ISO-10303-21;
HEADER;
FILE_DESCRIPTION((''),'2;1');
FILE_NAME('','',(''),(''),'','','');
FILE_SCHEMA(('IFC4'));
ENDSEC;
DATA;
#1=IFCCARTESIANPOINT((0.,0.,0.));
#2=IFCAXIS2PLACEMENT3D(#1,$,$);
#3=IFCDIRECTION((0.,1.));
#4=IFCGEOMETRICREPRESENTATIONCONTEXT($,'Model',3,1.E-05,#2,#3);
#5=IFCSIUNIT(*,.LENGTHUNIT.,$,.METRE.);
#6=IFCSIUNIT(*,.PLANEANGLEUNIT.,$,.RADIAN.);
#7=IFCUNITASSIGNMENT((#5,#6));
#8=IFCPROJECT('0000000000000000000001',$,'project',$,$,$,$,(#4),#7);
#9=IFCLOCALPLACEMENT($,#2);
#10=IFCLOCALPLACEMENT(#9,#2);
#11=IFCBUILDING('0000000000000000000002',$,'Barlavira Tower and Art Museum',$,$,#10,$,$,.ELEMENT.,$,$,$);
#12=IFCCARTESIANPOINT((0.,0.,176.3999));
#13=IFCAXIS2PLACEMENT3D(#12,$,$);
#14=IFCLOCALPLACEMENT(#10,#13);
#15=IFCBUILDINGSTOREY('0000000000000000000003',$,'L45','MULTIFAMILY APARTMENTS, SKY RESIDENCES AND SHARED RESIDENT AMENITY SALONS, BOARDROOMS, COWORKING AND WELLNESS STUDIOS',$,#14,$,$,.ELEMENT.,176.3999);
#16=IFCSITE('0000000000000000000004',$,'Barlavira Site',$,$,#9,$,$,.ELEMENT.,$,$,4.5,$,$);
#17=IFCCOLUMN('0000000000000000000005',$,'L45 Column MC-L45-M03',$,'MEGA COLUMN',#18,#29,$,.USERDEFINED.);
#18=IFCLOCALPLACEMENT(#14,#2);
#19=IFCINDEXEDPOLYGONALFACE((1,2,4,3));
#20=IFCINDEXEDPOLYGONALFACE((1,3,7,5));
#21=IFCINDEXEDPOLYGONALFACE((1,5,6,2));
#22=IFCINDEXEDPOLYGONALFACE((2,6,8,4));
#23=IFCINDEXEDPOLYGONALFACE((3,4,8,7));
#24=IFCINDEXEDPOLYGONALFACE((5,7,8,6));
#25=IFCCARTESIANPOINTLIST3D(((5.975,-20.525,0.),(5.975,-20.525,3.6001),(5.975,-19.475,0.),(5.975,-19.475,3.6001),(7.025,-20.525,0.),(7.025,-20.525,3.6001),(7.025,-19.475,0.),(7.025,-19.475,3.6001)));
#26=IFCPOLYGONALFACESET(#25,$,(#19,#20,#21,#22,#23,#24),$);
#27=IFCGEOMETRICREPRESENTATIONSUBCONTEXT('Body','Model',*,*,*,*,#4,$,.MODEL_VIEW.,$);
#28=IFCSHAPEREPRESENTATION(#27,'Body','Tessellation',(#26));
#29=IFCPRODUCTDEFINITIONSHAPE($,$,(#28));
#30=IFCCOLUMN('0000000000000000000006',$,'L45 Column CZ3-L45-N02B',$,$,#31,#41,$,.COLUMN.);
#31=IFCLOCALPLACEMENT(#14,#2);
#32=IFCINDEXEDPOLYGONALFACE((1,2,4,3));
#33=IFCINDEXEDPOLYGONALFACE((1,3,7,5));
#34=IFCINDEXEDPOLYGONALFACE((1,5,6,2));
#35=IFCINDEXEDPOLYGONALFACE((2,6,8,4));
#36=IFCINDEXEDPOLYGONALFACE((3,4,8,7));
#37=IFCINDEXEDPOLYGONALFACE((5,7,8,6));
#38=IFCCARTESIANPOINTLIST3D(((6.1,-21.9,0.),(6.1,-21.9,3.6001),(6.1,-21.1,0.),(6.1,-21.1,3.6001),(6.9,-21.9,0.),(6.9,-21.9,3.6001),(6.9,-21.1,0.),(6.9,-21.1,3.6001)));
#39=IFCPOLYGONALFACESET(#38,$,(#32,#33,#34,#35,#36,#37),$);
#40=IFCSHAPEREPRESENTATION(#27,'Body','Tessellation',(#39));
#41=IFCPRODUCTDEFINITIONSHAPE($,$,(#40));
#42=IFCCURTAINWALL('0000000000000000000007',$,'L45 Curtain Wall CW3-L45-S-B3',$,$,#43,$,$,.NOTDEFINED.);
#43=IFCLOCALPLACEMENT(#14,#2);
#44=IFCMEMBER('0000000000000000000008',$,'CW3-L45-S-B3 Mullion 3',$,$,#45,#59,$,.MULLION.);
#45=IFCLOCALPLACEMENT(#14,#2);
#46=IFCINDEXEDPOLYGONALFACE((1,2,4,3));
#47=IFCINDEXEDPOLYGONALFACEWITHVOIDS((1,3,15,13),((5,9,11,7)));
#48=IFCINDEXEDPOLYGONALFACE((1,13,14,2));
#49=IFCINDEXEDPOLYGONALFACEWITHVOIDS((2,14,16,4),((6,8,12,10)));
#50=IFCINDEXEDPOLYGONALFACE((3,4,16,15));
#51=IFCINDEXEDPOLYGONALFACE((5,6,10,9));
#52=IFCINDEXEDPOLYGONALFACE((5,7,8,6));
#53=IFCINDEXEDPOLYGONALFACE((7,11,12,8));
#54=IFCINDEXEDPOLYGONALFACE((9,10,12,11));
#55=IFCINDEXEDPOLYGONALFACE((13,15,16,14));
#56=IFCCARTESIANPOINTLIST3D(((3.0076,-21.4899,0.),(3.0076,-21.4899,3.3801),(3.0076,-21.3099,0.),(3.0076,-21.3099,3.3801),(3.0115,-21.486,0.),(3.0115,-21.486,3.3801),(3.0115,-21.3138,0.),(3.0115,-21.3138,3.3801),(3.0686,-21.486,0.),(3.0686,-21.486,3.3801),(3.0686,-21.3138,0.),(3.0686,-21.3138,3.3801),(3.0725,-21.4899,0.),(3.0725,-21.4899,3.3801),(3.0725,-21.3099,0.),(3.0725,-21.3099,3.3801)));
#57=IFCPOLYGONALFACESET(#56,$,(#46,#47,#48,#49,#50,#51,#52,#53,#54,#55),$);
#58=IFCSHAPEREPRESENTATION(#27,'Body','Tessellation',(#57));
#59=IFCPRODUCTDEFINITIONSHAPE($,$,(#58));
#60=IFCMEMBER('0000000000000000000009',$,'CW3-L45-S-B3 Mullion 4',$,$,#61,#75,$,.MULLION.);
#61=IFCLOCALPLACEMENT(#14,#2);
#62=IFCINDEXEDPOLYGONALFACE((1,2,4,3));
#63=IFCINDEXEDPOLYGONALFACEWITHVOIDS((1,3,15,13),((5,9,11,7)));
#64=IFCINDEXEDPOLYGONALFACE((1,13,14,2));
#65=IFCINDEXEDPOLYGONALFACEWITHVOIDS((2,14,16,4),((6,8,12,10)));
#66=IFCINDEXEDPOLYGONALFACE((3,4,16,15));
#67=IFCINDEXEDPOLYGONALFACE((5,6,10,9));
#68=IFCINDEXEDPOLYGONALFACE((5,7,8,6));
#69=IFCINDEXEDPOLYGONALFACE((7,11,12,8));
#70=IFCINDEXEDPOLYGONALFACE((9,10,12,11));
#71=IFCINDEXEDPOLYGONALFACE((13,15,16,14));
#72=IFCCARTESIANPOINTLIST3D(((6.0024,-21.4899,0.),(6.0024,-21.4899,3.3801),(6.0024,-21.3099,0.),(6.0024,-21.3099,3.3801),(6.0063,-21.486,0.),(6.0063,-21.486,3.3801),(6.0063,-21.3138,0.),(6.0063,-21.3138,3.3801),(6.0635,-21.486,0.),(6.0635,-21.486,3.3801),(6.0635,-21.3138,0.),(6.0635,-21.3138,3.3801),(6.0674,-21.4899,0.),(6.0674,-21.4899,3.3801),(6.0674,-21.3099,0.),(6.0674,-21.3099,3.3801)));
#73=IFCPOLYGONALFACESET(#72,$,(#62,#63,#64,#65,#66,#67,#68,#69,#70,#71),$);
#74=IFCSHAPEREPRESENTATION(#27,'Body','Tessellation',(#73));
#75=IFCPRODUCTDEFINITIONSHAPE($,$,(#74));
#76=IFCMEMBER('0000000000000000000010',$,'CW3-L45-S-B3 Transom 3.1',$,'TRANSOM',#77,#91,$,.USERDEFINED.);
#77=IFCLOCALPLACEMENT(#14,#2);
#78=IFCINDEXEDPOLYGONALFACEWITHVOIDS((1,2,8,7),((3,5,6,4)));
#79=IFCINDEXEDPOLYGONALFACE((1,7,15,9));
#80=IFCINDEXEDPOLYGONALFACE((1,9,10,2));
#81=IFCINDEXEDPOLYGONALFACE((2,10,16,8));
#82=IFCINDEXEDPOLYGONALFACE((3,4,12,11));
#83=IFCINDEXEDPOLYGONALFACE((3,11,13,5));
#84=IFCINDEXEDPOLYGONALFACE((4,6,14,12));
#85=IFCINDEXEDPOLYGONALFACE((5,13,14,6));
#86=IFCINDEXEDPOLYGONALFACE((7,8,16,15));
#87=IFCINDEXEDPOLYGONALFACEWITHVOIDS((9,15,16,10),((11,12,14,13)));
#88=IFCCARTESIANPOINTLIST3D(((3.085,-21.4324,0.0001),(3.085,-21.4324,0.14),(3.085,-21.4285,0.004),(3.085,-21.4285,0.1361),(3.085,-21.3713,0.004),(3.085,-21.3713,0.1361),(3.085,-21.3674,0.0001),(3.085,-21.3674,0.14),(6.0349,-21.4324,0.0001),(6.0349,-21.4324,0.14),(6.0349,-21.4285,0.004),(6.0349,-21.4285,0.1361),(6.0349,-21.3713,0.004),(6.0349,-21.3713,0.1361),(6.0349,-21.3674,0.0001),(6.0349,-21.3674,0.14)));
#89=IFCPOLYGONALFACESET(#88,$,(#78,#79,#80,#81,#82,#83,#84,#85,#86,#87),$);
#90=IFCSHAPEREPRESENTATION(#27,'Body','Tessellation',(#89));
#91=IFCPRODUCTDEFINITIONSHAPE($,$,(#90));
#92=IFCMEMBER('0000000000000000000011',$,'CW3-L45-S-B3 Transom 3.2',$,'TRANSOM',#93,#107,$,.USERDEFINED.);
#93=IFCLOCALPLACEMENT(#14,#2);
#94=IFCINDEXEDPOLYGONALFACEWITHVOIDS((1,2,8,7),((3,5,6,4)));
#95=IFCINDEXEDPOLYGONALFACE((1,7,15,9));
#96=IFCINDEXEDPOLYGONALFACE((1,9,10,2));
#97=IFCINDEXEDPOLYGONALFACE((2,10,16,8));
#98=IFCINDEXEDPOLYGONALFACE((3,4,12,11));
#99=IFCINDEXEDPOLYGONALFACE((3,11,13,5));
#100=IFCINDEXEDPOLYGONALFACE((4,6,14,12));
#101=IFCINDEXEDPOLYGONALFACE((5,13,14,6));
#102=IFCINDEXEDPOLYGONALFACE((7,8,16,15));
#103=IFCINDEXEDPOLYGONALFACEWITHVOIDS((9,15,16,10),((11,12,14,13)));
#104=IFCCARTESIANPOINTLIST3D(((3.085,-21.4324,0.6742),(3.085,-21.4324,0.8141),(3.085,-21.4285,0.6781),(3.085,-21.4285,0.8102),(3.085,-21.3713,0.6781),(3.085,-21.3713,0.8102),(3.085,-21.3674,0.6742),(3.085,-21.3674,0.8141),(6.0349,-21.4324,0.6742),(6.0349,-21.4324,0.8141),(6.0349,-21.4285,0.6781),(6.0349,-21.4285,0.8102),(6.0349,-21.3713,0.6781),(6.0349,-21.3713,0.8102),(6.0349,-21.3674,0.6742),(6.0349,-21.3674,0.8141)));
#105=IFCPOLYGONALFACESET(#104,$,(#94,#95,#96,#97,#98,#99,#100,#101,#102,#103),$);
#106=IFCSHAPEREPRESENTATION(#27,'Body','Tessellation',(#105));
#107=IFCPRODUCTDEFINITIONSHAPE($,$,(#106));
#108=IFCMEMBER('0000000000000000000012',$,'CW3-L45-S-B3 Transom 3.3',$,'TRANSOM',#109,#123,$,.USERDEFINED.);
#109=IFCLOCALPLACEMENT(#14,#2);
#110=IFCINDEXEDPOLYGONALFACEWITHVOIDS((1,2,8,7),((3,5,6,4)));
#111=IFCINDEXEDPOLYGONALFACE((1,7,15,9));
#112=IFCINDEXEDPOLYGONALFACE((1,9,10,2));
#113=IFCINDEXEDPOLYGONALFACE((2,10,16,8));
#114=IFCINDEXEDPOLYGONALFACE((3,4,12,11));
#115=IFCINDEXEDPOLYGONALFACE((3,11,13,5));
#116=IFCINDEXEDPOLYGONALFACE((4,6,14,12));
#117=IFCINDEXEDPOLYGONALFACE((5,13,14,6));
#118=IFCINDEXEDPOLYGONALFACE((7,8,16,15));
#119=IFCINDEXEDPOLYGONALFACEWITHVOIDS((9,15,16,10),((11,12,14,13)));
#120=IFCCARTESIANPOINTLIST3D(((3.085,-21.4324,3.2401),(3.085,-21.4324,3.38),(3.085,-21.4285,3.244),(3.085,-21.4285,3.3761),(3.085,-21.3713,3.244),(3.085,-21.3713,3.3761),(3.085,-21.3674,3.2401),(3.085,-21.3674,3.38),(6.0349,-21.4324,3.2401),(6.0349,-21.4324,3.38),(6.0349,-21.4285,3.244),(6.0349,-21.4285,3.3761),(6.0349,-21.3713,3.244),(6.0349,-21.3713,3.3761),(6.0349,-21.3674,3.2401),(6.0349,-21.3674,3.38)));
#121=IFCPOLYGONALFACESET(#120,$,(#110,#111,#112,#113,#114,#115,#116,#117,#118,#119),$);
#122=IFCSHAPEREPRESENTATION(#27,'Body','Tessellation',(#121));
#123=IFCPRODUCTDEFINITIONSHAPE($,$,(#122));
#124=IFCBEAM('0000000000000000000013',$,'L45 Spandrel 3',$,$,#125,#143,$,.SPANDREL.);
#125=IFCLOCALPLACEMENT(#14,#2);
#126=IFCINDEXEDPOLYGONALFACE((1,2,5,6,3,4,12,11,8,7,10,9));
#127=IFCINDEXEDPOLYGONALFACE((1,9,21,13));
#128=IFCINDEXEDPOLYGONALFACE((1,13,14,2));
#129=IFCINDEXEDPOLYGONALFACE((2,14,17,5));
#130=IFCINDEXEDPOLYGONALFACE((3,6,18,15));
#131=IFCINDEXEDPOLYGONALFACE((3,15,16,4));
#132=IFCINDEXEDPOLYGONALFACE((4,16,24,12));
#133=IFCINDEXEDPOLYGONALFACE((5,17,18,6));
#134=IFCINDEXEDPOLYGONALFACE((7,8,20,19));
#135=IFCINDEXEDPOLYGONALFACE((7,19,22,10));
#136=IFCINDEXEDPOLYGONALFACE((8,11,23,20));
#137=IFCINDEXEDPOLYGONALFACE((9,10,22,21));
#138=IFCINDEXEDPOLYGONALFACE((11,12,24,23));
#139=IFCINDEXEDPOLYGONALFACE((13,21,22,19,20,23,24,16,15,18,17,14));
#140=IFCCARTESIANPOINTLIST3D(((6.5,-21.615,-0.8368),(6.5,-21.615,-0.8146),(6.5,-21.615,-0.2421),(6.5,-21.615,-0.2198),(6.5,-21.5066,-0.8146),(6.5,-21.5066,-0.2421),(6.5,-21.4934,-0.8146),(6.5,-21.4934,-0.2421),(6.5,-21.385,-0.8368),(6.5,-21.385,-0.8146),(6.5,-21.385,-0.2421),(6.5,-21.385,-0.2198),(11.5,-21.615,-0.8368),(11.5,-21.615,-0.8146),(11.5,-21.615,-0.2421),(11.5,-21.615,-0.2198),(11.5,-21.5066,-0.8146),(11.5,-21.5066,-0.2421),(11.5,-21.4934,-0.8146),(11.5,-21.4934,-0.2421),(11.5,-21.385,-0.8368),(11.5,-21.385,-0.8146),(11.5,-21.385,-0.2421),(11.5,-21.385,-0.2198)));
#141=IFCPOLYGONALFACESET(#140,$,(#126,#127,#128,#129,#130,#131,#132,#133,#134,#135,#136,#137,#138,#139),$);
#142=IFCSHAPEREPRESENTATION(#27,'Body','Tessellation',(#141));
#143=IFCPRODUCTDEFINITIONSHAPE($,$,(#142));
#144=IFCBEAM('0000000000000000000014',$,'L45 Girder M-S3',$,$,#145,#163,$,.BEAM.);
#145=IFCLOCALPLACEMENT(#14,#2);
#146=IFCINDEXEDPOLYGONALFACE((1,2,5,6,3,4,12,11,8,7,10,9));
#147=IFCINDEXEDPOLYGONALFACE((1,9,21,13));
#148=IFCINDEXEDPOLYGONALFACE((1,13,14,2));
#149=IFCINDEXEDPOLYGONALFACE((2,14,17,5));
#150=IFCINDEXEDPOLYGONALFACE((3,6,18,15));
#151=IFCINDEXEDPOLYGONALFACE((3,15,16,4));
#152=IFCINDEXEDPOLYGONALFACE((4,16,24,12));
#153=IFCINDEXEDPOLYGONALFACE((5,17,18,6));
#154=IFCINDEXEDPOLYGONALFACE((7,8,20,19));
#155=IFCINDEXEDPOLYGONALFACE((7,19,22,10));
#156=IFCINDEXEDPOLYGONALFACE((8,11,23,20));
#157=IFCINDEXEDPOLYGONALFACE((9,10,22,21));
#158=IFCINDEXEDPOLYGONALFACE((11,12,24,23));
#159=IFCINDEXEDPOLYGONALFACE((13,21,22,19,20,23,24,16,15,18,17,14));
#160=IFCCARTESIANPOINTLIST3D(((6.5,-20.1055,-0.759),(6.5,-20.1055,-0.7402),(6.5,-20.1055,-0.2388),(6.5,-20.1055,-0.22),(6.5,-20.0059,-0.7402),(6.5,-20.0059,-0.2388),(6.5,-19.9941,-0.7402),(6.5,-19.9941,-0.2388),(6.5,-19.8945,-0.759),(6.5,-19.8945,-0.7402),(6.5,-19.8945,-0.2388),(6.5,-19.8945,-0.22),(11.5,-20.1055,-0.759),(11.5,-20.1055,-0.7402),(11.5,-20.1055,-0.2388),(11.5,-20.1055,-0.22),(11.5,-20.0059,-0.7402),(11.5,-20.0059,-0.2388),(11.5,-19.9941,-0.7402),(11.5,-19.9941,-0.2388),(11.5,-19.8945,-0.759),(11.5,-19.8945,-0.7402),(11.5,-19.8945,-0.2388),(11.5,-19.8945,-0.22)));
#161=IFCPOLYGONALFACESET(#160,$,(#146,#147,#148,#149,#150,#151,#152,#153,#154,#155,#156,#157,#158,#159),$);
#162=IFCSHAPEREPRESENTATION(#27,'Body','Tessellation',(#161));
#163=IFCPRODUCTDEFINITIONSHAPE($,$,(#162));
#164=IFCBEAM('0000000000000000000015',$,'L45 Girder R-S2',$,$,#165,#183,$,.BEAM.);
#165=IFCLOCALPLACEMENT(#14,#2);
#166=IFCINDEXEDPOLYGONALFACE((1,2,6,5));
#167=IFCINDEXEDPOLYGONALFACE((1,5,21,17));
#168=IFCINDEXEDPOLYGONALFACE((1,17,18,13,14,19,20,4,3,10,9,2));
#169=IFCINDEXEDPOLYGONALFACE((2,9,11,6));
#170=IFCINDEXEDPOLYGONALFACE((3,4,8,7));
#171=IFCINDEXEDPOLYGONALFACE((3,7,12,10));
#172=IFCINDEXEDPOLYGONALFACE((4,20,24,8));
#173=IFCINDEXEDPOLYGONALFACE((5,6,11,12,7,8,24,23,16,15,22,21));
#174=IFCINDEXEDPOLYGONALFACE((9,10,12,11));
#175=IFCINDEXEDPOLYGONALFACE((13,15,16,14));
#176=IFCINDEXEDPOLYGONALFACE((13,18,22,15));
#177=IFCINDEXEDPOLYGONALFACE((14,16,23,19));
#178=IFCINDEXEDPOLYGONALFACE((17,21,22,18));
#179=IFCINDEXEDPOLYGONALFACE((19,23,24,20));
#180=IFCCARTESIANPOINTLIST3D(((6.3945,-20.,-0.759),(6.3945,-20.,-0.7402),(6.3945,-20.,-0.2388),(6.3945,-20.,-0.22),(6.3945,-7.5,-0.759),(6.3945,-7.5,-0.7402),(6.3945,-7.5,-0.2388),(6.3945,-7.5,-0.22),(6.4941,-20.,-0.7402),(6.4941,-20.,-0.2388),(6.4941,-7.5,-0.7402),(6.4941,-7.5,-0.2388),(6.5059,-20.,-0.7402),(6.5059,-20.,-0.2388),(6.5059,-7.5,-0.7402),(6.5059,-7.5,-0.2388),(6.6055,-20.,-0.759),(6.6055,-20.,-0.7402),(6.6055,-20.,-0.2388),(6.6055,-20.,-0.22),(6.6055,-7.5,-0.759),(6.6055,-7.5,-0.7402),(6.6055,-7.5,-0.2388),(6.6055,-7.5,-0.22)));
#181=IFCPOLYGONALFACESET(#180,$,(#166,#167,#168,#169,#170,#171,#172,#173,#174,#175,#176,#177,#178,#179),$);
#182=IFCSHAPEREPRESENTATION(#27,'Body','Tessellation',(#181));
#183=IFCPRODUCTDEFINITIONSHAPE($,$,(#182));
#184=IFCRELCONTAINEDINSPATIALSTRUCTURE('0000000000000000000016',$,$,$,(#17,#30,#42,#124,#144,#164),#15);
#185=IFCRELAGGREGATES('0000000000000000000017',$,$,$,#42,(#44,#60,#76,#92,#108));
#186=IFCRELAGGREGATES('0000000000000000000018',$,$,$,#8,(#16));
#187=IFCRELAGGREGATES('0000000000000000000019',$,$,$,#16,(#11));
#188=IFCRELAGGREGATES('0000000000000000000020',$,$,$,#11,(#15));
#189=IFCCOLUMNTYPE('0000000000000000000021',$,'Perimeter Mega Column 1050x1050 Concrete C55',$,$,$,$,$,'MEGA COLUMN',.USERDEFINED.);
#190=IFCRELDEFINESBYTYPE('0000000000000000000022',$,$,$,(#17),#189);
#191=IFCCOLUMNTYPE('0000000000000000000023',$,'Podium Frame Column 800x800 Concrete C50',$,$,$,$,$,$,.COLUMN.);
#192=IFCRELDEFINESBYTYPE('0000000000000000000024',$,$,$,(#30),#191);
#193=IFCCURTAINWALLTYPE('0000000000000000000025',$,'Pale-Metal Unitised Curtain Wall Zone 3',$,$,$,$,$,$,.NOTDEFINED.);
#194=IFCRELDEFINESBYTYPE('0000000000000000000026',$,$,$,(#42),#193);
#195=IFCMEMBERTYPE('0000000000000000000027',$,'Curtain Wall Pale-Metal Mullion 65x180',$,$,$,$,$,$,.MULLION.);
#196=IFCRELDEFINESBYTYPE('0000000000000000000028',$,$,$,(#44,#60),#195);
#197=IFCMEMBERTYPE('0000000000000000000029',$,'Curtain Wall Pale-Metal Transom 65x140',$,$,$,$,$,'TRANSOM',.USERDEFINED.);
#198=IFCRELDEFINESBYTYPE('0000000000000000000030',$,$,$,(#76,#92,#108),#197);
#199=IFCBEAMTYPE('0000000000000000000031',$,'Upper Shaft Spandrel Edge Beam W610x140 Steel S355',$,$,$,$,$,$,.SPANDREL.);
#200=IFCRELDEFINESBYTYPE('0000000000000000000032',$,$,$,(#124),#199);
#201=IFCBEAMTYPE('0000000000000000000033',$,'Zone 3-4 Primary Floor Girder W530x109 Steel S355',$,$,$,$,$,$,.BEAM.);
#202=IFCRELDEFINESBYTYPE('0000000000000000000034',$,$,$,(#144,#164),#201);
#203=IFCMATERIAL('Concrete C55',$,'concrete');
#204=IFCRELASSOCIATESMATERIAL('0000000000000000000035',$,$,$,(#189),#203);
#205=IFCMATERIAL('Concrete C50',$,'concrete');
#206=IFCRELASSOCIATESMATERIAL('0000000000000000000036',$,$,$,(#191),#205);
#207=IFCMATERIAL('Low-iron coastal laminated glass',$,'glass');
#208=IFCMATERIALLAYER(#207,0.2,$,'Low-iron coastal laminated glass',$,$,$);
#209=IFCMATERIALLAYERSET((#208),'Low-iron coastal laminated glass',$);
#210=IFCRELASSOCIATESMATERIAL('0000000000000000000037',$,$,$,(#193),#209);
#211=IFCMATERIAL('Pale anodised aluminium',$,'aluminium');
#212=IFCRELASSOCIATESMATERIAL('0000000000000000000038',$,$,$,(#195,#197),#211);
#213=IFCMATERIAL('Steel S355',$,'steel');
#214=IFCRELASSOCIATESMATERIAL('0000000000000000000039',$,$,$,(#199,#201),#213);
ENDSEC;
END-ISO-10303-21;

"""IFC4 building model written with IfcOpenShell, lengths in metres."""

from ifc_helpers import new_model, si_unit, direction, frame, origin, origin_2d, place, context, subcontext, project, spatial, rectangle, hollow_rectangle, i_section, extrude, material, layer, layer_set, material_profile, profile_set, type_object, element, aggregate, save


model = new_model("IFC4")

# Units and contexts
model_context = context("Model", 3, precision=1e-05, world=origin(), true_north=direction((0.0, 1.0)))
body_context = subcontext(model_context, "Body", "Model", "MODEL_VIEW")
ifc_project = project(units=[si_unit("LENGTHUNIT", "METRE"), si_unit("PLANEANGLEUNIT", "RADIAN")], contexts=[model_context])

# Site, building, storey
site_placement = place(None, origin())
site = spatial("IfcSite", under=ifc_project, at=site_placement, Name="Barlavira Site", CompositionType="ELEMENT", RefElevation=4.5)
building_placement = place(site_placement, origin())
building = spatial("IfcBuilding", under=site, at=building_placement, Name="Barlavira Tower and Art Museum", CompositionType="ELEMENT")
storey_placement = place(building_placement, frame((0.0, 0.0, 176.3999)))
storey = spatial("IfcBuildingStorey", under=building, at=storey_placement, Name="L45", Description="MULTIFAMILY APARTMENTS, SKY RESIDENCES AND SHARED RESIDENT AMENITY SALONS, BOARDROOMS, COWORKING AND WELLNESS STUDIOS", CompositionType="ELEMENT", Elevation=176.3999)

# Columns
ifc_material_1 = material(Name="Concrete C55", Category="concrete")
ifc_material_profile_1 = material_profile(ifc_material_1, rectangle(XDim=1.05, YDim=1.05, at=origin_2d()), Name="RC-COL 1050x1050")
ifc_profile_set_1 = profile_set([ifc_material_profile_1], Name="Concrete C55")
column_type_1 = type_object("IfcColumnType", Name="Perimeter Mega Column 1050x1050 Concrete C55", ElementType="MEGA COLUMN", PredefinedType="USERDEFINED", material=ifc_profile_set_1)
column_1_placement = place(storey_placement, frame((6.5, -20.0, 0.0), z_axis=(0.0, 0.0, 1.0), x_axis=(1.0, 0.0, 0.0)))
element("IfcColumn", 1, at=column_1_placement, inside=storey, type_object=column_type_1, Name="L45 Column MC-L45-M03", ObjectType="MEGA COLUMN", PredefinedType="USERDEFINED", context=body_context, shape_type="SweptSolid", body=[
    extrude(rectangle(XDim=1.05, YDim=1.05, at=origin_2d()), origin(), (0.0, 0.0, 1.0), 3.6001),
])
ifc_material_2 = material(Name="Concrete C50", Category="concrete")
ifc_material_profile_2 = material_profile(ifc_material_2, rectangle(XDim=0.8, YDim=0.8, at=origin_2d()), Name="RC-COL 800x800")
ifc_profile_set_2 = profile_set([ifc_material_profile_2], Name="Concrete C50")
column_type_2 = type_object("IfcColumnType", Name="Podium Frame Column 800x800 Concrete C50", PredefinedType="COLUMN", material=ifc_profile_set_2)
column_2_placement = place(storey_placement, frame((6.5, -21.5, 0.0), z_axis=(0.0, 0.0, 1.0), x_axis=(1.0, 0.0, 0.0)))
element("IfcColumn", 2, at=column_2_placement, inside=storey, type_object=column_type_2, Name="L45 Column CZ3-L45-N02B", PredefinedType="COLUMN", context=body_context, shape_type="SweptSolid", body=[
    extrude(rectangle(XDim=0.8, YDim=0.8, at=origin_2d()), origin(), (0.0, 0.0, 1.0), 3.6001),
])

# Curtain wall, members
ifc_material_3 = material(Name="Low-iron coastal laminated glass", Category="glass")
ifc_layer_1 = layer(ifc_material_3, 0.2, Name="Low-iron coastal laminated glass")
ifc_layer_set_1 = layer_set([ifc_layer_1], Name="Low-iron coastal laminated glass")
curtain_wall_type = type_object("IfcCurtainWallType", Name="Pale-Metal Unitised Curtain Wall Zone 3", PredefinedType="NOTDEFINED", material=ifc_layer_set_1)
curtain_wall_placement = place(storey_placement, origin())
curtain_wall = element("IfcCurtainWall", 3, at=curtain_wall_placement, inside=storey, type_object=curtain_wall_type, Name="L45 Curtain Wall CW3-L45-S-B3", PredefinedType="NOTDEFINED")
ifc_material_4 = material(Name="Pale anodised aluminium", Category="aluminium")
ifc_material_profile_3 = material_profile(ifc_material_4, hollow_rectangle(XDim=0.0649, YDim=0.1799, WallThickness=0.0039, at=origin_2d()), Name="ALU-MULL 65x180x4")
ifc_profile_set_3 = profile_set([ifc_material_profile_3], Name="Pale anodised aluminium")
member_type_1 = type_object("IfcMemberType", Name="Curtain Wall Pale-Metal Mullion 65x180", PredefinedType="MULLION", material=ifc_profile_set_3)
member_1_placement = place(storey_placement, frame((3.04, -21.3999, 0.0), z_axis=(0.0, 0.0, 1.0), x_axis=(1.0, 0.0, 0.0)))
member_1 = element("IfcMember", 4, at=member_1_placement, type_object=member_type_1, Name="CW3-L45-S-B3 Mullion 3", PredefinedType="MULLION", context=body_context, shape_type="SweptSolid", body=[
    extrude(hollow_rectangle(XDim=0.0649, YDim=0.1799, WallThickness=0.0039, at=origin_2d()), origin(), (0.0, 0.0, 1.0), 3.3801),
])
member_2_placement = place(storey_placement, frame((6.0349, -21.3999, 0.0), z_axis=(0.0, 0.0, 1.0), x_axis=(1.0, 0.0, 0.0)))
member_2 = element("IfcMember", 5, at=member_2_placement, type_object=member_type_1, Name="CW3-L45-S-B3 Mullion 4", PredefinedType="MULLION", context=body_context, shape_type="SweptSolid", body=[
    extrude(hollow_rectangle(XDim=0.0649, YDim=0.1799, WallThickness=0.0039, at=origin_2d()), origin(), (0.0, 0.0, 1.0), 3.3801),
])
ifc_material_profile_4 = material_profile(ifc_material_4, hollow_rectangle(XDim=0.0649, YDim=0.1399, WallThickness=0.0039, at=origin_2d()), Name="ALU-TRAN 65x140x4")
ifc_profile_set_4 = profile_set([ifc_material_profile_4], Name="Pale anodised aluminium")
member_type_2 = type_object("IfcMemberType", Name="Curtain Wall Pale-Metal Transom 65x140", ElementType="TRANSOM", PredefinedType="USERDEFINED", material=ifc_profile_set_4)
member_3_placement = place(storey_placement, frame((3.085, -21.3999, 0.0701), z_axis=(1.0, 0.0, 0.0), x_axis=(0.0, 1.0, 0.0)))
member_3 = element("IfcMember", 6, at=member_3_placement, type_object=member_type_2, Name="CW3-L45-S-B3 Transom 3.1", ObjectType="TRANSOM", PredefinedType="USERDEFINED", context=body_context, shape_type="SweptSolid", body=[
    extrude(hollow_rectangle(XDim=0.0649, YDim=0.1399, WallThickness=0.0039, at=origin_2d()), origin(), (0.0, 0.0, 1.0), 2.95),
])
member_4_placement = place(storey_placement, frame((3.085, -21.3999, 0.7441), z_axis=(1.0, 0.0, 0.0), x_axis=(0.0, 1.0, 0.0)))
member_4 = element("IfcMember", 7, at=member_4_placement, type_object=member_type_2, Name="CW3-L45-S-B3 Transom 3.2", ObjectType="TRANSOM", PredefinedType="USERDEFINED", context=body_context, shape_type="SweptSolid", body=[
    extrude(hollow_rectangle(XDim=0.0649, YDim=0.1399, WallThickness=0.0039, at=origin_2d()), origin(), (0.0, 0.0, 1.0), 2.95),
])
member_5_placement = place(storey_placement, frame((3.085, -21.3999, 3.3101), z_axis=(1.0, 0.0, 0.0), x_axis=(0.0, 1.0, 0.0)))
member_5 = element("IfcMember", 8, at=member_5_placement, type_object=member_type_2, Name="CW3-L45-S-B3 Transom 3.3", ObjectType="TRANSOM", PredefinedType="USERDEFINED", context=body_context, shape_type="SweptSolid", body=[
    extrude(hollow_rectangle(XDim=0.0649, YDim=0.1399, WallThickness=0.0039, at=origin_2d()), origin(), (0.0, 0.0, 1.0), 2.95),
])

# Beams
ifc_material_5 = material(Name="Steel S355", Category="steel")
ifc_material_profile_5 = material_profile(ifc_material_5, i_section(OverallWidth=0.23, OverallDepth=0.6169, WebThickness=0.0132, FlangeThickness=0.0222, at=origin_2d()), Name="W610x140.0")
ifc_profile_set_5 = profile_set([ifc_material_profile_5], Name="Steel S355")
beam_type_1 = type_object("IfcBeamType", Name="Upper Shaft Spandrel Edge Beam W610x140 Steel S355", PredefinedType="SPANDREL", material=ifc_profile_set_5)
beam_1_placement = place(storey_placement, frame((6.5, -21.5, -0.5283), z_axis=(1.0, 0.0, 0.0), x_axis=(0.0, 1.0, 0.0)))
element("IfcBeam", 9, at=beam_1_placement, inside=storey, type_object=beam_type_1, Name="L45 Spandrel 3", PredefinedType="SPANDREL", context=body_context, shape_type="SweptSolid", body=[
    extrude(i_section(OverallWidth=0.23, OverallDepth=0.6169, WebThickness=0.0132, FlangeThickness=0.0222, at=origin_2d()), origin(), (0.0, 0.0, 1.0), 5.0),
])
ifc_material_profile_6 = material_profile(ifc_material_5, i_section(OverallWidth=0.2109, OverallDepth=0.5391, WebThickness=0.0117, FlangeThickness=0.0188, at=origin_2d()), Name="W530x109.0")
ifc_profile_set_6 = profile_set([ifc_material_profile_6], Name="Steel S355")
beam_type_2 = type_object("IfcBeamType", Name="Zone 3-4 Primary Floor Girder W530x109 Steel S355", PredefinedType="BEAM", material=ifc_profile_set_6)
beam_2_placement = place(storey_placement, frame((6.5, -20.0, -0.4895), z_axis=(1.0, 0.0, 0.0), x_axis=(0.0, 1.0, 0.0)))
element("IfcBeam", 10, at=beam_2_placement, inside=storey, type_object=beam_type_2, Name="L45 Girder M-S3", PredefinedType="BEAM", context=body_context, shape_type="SweptSolid", body=[
    extrude(i_section(OverallWidth=0.2109, OverallDepth=0.5391, WebThickness=0.0117, FlangeThickness=0.0188, at=origin_2d()), origin(), (0.0, 0.0, 1.0), 5.0),
])
beam_3_placement = place(storey_placement, frame((6.5, -20.0, -0.4895), z_axis=(0.0, 1.0, 0.0), x_axis=(-1.0, 0.0, 0.0)))
element("IfcBeam", 11, at=beam_3_placement, inside=storey, type_object=beam_type_2, Name="L45 Girder R-S2", PredefinedType="BEAM", context=body_context, shape_type="SweptSolid", body=[
    extrude(i_section(OverallWidth=0.2109, OverallDepth=0.5391, WebThickness=0.0117, FlangeThickness=0.0188, at=origin_2d()), origin(), (0.0, 0.0, 1.0), 12.5),
])

aggregate(curtain_wall, [member_1, member_2, member_3, member_4, member_5])

save(model, "model.ifc")
